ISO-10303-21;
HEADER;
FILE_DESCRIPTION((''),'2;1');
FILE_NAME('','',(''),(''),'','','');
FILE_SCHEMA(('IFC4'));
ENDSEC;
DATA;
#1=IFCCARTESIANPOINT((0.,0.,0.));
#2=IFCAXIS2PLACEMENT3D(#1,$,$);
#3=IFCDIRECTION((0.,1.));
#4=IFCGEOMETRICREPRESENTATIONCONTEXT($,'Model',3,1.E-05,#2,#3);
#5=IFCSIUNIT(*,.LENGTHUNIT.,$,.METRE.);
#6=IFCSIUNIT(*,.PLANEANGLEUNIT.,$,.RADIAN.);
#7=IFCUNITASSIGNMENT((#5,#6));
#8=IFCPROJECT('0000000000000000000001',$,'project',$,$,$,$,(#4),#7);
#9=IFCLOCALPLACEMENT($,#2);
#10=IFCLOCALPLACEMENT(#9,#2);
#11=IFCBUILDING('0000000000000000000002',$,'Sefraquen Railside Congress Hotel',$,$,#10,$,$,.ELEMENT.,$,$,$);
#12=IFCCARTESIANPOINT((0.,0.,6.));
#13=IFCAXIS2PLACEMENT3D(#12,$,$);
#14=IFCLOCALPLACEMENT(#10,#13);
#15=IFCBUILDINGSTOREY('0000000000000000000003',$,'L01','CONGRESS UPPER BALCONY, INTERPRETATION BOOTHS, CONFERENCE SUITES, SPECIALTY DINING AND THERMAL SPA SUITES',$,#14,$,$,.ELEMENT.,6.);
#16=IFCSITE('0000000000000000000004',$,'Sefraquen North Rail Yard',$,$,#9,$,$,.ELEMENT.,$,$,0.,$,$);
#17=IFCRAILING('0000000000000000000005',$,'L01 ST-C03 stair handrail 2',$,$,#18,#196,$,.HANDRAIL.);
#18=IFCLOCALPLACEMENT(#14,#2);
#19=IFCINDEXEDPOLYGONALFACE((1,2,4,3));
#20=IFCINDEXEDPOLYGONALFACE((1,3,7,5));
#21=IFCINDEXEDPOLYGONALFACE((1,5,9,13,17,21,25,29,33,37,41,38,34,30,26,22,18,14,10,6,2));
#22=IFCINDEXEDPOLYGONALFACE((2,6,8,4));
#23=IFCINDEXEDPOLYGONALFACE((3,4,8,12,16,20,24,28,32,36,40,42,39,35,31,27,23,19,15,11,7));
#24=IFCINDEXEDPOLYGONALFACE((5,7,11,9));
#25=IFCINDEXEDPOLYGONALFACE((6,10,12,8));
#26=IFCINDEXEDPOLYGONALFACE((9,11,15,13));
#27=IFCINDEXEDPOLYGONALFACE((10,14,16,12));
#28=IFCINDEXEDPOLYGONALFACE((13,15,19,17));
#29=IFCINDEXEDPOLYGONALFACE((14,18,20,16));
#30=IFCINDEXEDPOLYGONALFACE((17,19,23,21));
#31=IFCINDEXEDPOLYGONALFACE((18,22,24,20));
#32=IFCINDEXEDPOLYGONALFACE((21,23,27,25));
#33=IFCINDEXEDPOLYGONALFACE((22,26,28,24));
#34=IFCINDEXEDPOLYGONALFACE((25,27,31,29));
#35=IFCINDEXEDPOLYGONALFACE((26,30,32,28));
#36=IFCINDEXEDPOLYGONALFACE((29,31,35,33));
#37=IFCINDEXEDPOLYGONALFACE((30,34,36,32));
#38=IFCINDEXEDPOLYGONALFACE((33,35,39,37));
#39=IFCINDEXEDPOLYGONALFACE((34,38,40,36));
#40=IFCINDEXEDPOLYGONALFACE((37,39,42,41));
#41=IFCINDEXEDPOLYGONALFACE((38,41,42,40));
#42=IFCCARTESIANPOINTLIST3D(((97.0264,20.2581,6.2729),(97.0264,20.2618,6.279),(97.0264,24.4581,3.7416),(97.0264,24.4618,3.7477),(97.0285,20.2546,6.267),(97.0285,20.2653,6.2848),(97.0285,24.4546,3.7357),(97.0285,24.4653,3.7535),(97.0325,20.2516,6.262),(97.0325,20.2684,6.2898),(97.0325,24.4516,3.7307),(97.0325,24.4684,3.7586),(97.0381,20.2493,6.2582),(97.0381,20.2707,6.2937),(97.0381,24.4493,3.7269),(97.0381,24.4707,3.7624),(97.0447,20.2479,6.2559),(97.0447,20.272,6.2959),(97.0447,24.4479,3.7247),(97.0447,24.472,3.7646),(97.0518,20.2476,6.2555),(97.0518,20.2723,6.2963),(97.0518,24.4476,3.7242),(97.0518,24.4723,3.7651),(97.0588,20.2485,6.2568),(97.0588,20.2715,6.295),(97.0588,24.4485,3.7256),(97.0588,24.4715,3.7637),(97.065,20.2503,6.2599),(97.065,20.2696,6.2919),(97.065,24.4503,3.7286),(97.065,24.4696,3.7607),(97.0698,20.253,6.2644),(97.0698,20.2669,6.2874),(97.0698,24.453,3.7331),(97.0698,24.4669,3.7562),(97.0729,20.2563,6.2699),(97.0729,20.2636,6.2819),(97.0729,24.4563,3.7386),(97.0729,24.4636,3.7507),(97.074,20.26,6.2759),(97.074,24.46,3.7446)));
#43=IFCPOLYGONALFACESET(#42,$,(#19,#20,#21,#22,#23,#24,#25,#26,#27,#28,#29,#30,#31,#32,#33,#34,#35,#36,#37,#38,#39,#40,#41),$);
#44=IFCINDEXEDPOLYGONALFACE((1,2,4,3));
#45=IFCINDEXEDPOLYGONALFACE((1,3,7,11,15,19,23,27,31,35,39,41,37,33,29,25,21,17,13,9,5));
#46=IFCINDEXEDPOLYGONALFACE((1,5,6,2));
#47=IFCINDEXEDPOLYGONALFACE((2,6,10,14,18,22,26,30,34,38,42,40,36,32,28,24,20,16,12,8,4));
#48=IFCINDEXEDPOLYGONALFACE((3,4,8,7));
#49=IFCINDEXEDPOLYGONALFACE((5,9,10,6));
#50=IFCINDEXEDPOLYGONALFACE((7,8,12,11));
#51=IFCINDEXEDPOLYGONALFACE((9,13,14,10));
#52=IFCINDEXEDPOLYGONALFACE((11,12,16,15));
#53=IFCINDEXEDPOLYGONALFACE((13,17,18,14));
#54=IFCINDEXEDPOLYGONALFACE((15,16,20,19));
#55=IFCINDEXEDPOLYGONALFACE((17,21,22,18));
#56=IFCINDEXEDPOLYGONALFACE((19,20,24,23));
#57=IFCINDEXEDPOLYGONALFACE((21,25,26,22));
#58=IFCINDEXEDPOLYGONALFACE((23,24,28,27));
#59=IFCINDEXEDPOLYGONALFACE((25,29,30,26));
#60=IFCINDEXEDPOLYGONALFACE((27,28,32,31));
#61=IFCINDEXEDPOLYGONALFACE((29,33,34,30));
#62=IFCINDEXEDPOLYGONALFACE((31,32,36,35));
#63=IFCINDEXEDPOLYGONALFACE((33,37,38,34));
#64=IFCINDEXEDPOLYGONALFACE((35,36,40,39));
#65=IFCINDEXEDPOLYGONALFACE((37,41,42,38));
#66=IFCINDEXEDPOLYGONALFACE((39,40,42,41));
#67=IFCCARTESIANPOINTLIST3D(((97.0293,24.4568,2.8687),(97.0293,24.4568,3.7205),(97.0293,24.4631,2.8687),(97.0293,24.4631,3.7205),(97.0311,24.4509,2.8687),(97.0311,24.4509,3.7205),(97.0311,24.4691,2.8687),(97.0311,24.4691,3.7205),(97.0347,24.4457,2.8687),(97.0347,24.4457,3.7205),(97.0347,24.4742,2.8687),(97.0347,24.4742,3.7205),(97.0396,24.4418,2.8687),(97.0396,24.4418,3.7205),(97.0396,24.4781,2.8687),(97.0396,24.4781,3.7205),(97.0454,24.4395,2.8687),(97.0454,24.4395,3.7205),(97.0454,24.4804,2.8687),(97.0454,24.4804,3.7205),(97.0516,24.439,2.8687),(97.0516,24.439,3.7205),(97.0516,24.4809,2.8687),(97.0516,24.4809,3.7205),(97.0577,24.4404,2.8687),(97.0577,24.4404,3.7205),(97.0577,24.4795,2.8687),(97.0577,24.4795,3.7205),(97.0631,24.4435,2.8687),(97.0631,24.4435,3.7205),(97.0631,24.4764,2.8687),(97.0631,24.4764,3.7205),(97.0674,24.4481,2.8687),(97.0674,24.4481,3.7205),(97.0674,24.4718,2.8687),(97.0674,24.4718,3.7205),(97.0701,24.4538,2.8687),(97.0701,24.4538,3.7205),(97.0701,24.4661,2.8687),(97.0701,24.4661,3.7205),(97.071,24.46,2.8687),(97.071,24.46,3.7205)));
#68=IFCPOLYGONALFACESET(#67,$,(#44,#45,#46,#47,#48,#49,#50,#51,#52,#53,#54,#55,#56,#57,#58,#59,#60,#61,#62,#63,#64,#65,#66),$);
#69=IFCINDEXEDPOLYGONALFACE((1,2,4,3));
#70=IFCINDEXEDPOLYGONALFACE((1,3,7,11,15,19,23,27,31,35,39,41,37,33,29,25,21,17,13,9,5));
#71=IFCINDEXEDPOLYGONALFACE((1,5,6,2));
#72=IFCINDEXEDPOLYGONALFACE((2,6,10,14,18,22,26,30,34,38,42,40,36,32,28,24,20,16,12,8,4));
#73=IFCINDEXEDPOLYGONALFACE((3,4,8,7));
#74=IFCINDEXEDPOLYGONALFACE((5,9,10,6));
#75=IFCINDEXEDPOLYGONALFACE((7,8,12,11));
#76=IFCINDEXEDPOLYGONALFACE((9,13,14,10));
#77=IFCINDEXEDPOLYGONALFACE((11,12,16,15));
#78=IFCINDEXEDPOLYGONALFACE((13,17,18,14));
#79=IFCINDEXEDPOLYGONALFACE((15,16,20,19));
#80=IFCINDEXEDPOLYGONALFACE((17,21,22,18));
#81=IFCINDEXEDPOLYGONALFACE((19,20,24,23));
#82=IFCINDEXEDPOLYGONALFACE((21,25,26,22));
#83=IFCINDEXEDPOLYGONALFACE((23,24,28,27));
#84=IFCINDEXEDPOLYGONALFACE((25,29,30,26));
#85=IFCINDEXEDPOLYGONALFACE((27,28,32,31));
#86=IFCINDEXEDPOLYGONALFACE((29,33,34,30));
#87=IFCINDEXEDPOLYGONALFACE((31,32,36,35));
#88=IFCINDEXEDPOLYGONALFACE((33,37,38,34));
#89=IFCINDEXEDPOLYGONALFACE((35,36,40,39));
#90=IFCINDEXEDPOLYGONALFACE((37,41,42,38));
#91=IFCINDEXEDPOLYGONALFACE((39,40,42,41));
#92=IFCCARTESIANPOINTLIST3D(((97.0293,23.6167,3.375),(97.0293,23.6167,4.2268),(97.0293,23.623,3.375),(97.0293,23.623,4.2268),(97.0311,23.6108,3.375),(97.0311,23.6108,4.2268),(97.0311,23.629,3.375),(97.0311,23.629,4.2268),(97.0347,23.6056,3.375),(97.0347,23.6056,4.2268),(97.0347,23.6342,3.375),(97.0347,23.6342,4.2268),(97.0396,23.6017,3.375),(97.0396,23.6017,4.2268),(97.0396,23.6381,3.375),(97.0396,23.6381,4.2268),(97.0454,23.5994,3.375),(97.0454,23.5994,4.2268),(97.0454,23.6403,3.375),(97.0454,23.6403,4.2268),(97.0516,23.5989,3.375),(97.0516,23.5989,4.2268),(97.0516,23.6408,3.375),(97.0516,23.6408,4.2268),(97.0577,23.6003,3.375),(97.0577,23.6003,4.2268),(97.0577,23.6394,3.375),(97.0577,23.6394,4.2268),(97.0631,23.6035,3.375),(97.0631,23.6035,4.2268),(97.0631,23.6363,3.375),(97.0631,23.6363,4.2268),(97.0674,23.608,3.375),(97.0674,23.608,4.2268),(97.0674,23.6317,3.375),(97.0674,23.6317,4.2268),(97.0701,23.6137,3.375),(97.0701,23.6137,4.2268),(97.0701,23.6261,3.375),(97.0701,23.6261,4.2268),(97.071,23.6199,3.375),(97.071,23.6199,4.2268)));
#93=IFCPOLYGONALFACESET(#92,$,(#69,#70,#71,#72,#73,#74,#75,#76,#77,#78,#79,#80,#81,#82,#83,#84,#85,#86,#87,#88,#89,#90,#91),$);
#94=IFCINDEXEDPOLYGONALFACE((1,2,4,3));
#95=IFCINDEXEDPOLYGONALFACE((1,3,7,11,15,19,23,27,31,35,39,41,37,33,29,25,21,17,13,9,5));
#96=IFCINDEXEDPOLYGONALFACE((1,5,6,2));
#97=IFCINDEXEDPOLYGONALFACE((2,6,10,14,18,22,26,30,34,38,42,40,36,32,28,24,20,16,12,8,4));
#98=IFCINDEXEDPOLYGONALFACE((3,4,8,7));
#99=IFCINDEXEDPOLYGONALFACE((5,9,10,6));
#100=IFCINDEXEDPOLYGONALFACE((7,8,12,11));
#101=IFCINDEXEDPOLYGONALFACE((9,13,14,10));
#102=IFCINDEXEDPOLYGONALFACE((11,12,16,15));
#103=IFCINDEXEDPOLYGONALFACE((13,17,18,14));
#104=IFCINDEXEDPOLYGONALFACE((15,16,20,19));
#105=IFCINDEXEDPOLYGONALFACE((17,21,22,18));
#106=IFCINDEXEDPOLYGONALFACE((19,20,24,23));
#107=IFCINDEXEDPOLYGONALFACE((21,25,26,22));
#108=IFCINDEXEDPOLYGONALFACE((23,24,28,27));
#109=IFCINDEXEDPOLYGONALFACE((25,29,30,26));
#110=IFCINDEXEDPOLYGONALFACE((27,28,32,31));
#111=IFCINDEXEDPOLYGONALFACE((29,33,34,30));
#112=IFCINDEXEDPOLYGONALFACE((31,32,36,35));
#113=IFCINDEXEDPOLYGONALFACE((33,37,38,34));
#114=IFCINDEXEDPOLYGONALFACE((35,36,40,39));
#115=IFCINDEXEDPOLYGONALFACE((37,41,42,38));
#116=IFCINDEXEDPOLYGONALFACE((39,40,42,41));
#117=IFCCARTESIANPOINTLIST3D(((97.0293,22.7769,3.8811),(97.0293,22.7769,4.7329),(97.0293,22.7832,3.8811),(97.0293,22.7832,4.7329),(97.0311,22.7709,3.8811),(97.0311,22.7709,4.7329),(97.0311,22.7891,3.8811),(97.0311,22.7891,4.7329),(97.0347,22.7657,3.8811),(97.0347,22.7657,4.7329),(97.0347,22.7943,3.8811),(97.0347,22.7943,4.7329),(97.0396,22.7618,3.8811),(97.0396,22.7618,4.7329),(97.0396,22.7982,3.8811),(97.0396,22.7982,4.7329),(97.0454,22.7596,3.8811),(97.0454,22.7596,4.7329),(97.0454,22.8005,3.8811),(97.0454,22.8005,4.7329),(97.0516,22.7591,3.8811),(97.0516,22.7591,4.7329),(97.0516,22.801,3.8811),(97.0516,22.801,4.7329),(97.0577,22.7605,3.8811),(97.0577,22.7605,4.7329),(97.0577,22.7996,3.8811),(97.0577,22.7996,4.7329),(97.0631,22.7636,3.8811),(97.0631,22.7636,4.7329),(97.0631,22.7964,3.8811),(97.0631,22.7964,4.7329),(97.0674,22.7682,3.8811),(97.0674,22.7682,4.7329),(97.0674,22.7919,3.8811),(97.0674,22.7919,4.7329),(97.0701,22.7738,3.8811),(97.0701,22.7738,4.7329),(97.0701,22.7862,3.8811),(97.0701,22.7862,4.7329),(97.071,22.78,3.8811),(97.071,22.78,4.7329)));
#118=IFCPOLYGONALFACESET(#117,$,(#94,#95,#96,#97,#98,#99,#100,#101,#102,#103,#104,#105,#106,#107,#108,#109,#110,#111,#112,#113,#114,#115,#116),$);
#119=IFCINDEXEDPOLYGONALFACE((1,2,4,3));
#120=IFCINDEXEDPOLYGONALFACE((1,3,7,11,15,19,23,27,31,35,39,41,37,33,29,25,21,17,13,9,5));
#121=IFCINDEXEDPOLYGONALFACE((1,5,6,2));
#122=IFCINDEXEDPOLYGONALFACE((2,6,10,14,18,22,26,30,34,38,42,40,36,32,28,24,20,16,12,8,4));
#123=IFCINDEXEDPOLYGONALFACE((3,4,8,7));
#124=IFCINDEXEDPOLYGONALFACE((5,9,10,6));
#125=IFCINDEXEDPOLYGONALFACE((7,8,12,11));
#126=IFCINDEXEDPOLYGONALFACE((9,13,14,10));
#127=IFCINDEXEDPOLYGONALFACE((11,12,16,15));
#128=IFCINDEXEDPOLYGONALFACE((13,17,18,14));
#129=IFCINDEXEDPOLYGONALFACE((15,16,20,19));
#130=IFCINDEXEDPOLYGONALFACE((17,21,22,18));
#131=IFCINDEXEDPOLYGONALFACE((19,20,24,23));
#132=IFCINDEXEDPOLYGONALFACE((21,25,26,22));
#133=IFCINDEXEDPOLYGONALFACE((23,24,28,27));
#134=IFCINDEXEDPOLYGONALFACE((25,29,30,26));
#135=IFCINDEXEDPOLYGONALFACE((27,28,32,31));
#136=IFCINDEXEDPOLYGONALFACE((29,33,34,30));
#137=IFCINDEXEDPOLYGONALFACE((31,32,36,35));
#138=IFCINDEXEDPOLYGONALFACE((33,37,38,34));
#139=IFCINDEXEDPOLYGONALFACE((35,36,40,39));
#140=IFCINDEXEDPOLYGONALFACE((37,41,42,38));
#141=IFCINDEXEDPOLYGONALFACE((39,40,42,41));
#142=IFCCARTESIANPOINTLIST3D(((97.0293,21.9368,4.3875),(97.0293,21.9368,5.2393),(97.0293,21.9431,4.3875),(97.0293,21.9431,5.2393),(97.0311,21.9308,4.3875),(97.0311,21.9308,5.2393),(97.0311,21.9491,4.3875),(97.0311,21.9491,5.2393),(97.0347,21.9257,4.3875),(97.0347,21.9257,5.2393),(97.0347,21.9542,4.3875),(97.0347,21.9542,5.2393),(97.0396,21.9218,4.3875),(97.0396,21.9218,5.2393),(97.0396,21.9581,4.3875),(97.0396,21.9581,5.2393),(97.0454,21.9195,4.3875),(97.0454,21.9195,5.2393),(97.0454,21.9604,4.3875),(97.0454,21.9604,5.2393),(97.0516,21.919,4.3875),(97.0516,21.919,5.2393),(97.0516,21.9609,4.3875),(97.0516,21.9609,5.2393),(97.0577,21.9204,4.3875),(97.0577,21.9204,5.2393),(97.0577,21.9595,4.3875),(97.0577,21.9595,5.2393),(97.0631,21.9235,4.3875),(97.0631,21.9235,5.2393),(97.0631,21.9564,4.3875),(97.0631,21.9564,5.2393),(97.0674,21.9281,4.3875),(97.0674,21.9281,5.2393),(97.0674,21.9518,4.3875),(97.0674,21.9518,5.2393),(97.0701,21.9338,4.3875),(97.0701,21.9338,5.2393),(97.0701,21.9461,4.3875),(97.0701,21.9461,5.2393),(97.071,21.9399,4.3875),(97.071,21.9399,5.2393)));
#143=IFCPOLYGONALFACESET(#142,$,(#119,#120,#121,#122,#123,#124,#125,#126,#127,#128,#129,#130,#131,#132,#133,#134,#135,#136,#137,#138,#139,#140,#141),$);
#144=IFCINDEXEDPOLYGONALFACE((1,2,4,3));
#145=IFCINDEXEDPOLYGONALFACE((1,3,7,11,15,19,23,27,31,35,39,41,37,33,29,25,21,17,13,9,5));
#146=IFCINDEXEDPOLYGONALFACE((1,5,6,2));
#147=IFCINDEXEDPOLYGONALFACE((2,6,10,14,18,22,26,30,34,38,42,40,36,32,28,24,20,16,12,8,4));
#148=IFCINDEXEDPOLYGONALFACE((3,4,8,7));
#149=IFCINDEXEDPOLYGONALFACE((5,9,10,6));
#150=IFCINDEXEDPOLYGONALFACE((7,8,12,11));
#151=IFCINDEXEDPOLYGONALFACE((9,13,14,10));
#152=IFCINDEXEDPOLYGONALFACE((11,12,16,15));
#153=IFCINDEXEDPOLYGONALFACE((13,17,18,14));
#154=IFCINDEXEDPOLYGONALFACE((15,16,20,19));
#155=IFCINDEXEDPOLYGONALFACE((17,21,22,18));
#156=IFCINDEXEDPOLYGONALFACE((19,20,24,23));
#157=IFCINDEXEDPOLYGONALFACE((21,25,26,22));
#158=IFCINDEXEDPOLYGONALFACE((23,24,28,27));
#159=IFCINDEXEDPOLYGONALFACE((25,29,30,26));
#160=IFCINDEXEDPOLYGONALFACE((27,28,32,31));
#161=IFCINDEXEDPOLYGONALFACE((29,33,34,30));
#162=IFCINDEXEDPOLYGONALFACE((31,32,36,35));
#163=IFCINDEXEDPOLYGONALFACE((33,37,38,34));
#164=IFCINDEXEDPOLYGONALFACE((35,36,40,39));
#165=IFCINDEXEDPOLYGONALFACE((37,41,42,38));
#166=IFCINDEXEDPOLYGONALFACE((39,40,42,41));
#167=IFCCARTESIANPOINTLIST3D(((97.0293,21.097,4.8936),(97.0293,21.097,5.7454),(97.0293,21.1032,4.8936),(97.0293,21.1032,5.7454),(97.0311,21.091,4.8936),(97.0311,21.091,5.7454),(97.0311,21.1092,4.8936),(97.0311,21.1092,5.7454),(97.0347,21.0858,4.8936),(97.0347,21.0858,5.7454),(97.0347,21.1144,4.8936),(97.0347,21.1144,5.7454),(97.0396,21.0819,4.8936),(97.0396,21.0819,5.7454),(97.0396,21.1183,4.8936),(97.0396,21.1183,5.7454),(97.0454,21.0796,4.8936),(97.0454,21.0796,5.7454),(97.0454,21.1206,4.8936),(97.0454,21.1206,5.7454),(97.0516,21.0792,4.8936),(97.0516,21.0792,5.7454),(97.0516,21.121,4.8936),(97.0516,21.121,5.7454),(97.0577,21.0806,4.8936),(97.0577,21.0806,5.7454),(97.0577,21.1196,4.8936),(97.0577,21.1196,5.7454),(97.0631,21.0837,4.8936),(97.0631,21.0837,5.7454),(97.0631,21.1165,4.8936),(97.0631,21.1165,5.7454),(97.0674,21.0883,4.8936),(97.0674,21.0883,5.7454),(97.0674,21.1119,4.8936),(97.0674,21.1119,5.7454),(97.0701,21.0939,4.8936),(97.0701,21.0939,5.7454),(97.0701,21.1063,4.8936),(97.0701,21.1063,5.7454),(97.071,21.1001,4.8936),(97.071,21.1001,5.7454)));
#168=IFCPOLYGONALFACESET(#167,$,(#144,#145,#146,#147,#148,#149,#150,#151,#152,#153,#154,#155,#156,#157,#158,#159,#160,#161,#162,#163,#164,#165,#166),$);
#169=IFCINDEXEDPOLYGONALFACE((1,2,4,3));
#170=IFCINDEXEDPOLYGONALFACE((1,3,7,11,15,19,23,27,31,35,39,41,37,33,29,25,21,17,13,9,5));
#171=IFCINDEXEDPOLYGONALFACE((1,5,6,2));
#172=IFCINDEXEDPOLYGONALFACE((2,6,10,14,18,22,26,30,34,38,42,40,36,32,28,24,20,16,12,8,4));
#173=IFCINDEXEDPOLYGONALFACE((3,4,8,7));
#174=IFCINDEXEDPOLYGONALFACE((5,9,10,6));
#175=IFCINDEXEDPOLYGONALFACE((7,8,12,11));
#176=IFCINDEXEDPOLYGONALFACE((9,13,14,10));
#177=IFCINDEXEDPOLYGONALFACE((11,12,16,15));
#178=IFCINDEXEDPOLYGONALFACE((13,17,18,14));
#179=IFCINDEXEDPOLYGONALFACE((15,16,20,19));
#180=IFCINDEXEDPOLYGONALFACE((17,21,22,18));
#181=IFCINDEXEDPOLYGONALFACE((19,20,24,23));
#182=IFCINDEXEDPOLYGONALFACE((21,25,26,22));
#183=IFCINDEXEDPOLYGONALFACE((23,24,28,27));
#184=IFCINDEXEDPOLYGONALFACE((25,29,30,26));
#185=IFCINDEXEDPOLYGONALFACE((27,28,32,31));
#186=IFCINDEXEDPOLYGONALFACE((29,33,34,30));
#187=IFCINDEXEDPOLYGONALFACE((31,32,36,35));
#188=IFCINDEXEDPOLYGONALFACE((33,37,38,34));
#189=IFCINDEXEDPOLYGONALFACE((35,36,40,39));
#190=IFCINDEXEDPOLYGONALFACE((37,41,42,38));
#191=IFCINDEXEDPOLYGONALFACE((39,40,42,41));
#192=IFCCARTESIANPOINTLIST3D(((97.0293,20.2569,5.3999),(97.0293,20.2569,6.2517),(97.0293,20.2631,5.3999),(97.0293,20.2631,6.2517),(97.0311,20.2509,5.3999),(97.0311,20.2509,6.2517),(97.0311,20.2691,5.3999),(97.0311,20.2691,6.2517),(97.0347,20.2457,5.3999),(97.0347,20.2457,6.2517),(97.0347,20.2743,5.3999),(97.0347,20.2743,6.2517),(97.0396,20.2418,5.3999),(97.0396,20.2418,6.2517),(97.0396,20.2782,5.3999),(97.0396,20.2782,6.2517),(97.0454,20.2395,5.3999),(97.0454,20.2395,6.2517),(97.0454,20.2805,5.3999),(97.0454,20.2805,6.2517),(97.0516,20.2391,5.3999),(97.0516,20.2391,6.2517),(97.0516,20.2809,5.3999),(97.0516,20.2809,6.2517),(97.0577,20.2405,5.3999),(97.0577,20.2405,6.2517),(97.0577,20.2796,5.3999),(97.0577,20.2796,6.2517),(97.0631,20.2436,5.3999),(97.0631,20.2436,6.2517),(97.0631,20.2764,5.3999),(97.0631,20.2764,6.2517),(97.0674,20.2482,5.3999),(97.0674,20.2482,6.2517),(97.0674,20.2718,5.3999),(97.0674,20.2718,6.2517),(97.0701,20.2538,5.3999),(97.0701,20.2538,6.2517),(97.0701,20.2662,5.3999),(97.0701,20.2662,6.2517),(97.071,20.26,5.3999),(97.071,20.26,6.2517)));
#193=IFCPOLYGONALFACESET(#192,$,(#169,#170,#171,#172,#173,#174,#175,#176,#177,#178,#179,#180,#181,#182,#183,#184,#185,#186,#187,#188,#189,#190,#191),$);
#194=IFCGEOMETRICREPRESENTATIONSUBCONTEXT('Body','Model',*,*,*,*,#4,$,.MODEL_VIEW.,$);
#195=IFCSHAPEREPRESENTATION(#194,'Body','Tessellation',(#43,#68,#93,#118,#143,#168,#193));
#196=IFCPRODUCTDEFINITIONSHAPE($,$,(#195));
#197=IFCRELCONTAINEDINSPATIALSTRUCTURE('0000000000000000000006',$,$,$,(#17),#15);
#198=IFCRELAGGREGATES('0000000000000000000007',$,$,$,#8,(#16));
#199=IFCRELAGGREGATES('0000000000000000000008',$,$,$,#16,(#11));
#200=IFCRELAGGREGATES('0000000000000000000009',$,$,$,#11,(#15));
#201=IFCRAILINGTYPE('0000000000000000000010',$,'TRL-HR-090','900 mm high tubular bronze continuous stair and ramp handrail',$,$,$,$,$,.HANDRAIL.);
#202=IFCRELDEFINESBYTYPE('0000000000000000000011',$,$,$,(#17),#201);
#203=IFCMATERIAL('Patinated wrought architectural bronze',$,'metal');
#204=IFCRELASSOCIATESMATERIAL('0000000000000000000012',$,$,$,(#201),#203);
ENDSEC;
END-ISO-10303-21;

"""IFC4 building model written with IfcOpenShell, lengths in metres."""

from ifc_helpers import new_model, si_unit, direction, frame, origin, origin_2d, place, context, subcontext, project, spatial, circle, extrude, material, type_object, element, save


model = new_model("IFC4")

# Units and contexts
model_context = context("Model", 3, precision=1e-05, world=origin(), true_north=direction((0.0, 1.0)))
body_context = subcontext(model_context, "Body", "Model", "MODEL_VIEW")
ifc_project = project(units=[si_unit("LENGTHUNIT", "METRE"), si_unit("PLANEANGLEUNIT", "RADIAN")], contexts=[model_context])

# Site, building, storey
site_placement = place(None, origin())
site = spatial("IfcSite", under=ifc_project, at=site_placement, Name="Sefraquen North Rail Yard", CompositionType="ELEMENT", RefElevation=0.0)
building_placement = place(site_placement, origin())
building = spatial("IfcBuilding", under=site, at=building_placement, Name="Sefraquen Railside Congress Hotel", CompositionType="ELEMENT")
storey_placement = place(building_placement, frame((0.0, 0.0, 6.0)))
storey = spatial("IfcBuildingStorey", under=building, at=storey_placement, Name="L01", Description="CONGRESS UPPER BALCONY, INTERPRETATION BOOTHS, CONFERENCE SUITES, SPECIALTY DINING AND THERMAL SPA SUITES", CompositionType="ELEMENT", Elevation=6.0)

# Railing
ifc_material_1 = material(Name="Patinated wrought architectural bronze", Category="metal")
railing_type_1 = type_object("IfcRailingType", Name="TRL-HR-090", Description="900 mm high tubular bronze continuous stair and ramp handrail", PredefinedType="HANDRAIL", material=ifc_material_1)
railing_1_placement = place(storey_placement, frame((97.05, 24.46, 2.8687)))
element("IfcRailing", 1, at=railing_1_placement, inside=storey, type_object=railing_type_1, Name="L01 ST-C03 stair handrail 2", PredefinedType="HANDRAIL", context=body_context, shape_type="SweptSolid", body=[
    extrude(circle(Radius=0.0239, at=origin_2d()), frame((0.0, 0.0, 0.876), z_axis=(0.0, -0.856476, 0.516186), x_axis=(1.0, 0.0, 0.0)), (0.0, 0.0, 1.0), 4.9038),
    extrude(circle(Radius=0.021, at=origin_2d()), origin(), (0.0, 0.0, 1.0), 0.8518),
    extrude(circle(Radius=0.021, at=origin_2d()), frame((0.0, -0.8401, 0.5063)), (0.0, 0.0, 1.0), 0.8518),
    extrude(circle(Radius=0.021, at=origin_2d()), frame((0.0, -1.6799, 1.0125)), (0.0, 0.0, 1.0), 0.8518),
    extrude(circle(Radius=0.021, at=origin_2d()), frame((0.0, -2.52, 1.5188)), (0.0, 0.0, 1.0), 0.8518),
    extrude(circle(Radius=0.021, at=origin_2d()), frame((0.0, -3.3599, 2.0249)), (0.0, 0.0, 1.0), 0.8518),
    extrude(circle(Radius=0.021, at=origin_2d()), frame((0.0, -4.2, 2.5312)), (0.0, 0.0, 1.0), 0.8518),
])

save(model, "model.ifc")
